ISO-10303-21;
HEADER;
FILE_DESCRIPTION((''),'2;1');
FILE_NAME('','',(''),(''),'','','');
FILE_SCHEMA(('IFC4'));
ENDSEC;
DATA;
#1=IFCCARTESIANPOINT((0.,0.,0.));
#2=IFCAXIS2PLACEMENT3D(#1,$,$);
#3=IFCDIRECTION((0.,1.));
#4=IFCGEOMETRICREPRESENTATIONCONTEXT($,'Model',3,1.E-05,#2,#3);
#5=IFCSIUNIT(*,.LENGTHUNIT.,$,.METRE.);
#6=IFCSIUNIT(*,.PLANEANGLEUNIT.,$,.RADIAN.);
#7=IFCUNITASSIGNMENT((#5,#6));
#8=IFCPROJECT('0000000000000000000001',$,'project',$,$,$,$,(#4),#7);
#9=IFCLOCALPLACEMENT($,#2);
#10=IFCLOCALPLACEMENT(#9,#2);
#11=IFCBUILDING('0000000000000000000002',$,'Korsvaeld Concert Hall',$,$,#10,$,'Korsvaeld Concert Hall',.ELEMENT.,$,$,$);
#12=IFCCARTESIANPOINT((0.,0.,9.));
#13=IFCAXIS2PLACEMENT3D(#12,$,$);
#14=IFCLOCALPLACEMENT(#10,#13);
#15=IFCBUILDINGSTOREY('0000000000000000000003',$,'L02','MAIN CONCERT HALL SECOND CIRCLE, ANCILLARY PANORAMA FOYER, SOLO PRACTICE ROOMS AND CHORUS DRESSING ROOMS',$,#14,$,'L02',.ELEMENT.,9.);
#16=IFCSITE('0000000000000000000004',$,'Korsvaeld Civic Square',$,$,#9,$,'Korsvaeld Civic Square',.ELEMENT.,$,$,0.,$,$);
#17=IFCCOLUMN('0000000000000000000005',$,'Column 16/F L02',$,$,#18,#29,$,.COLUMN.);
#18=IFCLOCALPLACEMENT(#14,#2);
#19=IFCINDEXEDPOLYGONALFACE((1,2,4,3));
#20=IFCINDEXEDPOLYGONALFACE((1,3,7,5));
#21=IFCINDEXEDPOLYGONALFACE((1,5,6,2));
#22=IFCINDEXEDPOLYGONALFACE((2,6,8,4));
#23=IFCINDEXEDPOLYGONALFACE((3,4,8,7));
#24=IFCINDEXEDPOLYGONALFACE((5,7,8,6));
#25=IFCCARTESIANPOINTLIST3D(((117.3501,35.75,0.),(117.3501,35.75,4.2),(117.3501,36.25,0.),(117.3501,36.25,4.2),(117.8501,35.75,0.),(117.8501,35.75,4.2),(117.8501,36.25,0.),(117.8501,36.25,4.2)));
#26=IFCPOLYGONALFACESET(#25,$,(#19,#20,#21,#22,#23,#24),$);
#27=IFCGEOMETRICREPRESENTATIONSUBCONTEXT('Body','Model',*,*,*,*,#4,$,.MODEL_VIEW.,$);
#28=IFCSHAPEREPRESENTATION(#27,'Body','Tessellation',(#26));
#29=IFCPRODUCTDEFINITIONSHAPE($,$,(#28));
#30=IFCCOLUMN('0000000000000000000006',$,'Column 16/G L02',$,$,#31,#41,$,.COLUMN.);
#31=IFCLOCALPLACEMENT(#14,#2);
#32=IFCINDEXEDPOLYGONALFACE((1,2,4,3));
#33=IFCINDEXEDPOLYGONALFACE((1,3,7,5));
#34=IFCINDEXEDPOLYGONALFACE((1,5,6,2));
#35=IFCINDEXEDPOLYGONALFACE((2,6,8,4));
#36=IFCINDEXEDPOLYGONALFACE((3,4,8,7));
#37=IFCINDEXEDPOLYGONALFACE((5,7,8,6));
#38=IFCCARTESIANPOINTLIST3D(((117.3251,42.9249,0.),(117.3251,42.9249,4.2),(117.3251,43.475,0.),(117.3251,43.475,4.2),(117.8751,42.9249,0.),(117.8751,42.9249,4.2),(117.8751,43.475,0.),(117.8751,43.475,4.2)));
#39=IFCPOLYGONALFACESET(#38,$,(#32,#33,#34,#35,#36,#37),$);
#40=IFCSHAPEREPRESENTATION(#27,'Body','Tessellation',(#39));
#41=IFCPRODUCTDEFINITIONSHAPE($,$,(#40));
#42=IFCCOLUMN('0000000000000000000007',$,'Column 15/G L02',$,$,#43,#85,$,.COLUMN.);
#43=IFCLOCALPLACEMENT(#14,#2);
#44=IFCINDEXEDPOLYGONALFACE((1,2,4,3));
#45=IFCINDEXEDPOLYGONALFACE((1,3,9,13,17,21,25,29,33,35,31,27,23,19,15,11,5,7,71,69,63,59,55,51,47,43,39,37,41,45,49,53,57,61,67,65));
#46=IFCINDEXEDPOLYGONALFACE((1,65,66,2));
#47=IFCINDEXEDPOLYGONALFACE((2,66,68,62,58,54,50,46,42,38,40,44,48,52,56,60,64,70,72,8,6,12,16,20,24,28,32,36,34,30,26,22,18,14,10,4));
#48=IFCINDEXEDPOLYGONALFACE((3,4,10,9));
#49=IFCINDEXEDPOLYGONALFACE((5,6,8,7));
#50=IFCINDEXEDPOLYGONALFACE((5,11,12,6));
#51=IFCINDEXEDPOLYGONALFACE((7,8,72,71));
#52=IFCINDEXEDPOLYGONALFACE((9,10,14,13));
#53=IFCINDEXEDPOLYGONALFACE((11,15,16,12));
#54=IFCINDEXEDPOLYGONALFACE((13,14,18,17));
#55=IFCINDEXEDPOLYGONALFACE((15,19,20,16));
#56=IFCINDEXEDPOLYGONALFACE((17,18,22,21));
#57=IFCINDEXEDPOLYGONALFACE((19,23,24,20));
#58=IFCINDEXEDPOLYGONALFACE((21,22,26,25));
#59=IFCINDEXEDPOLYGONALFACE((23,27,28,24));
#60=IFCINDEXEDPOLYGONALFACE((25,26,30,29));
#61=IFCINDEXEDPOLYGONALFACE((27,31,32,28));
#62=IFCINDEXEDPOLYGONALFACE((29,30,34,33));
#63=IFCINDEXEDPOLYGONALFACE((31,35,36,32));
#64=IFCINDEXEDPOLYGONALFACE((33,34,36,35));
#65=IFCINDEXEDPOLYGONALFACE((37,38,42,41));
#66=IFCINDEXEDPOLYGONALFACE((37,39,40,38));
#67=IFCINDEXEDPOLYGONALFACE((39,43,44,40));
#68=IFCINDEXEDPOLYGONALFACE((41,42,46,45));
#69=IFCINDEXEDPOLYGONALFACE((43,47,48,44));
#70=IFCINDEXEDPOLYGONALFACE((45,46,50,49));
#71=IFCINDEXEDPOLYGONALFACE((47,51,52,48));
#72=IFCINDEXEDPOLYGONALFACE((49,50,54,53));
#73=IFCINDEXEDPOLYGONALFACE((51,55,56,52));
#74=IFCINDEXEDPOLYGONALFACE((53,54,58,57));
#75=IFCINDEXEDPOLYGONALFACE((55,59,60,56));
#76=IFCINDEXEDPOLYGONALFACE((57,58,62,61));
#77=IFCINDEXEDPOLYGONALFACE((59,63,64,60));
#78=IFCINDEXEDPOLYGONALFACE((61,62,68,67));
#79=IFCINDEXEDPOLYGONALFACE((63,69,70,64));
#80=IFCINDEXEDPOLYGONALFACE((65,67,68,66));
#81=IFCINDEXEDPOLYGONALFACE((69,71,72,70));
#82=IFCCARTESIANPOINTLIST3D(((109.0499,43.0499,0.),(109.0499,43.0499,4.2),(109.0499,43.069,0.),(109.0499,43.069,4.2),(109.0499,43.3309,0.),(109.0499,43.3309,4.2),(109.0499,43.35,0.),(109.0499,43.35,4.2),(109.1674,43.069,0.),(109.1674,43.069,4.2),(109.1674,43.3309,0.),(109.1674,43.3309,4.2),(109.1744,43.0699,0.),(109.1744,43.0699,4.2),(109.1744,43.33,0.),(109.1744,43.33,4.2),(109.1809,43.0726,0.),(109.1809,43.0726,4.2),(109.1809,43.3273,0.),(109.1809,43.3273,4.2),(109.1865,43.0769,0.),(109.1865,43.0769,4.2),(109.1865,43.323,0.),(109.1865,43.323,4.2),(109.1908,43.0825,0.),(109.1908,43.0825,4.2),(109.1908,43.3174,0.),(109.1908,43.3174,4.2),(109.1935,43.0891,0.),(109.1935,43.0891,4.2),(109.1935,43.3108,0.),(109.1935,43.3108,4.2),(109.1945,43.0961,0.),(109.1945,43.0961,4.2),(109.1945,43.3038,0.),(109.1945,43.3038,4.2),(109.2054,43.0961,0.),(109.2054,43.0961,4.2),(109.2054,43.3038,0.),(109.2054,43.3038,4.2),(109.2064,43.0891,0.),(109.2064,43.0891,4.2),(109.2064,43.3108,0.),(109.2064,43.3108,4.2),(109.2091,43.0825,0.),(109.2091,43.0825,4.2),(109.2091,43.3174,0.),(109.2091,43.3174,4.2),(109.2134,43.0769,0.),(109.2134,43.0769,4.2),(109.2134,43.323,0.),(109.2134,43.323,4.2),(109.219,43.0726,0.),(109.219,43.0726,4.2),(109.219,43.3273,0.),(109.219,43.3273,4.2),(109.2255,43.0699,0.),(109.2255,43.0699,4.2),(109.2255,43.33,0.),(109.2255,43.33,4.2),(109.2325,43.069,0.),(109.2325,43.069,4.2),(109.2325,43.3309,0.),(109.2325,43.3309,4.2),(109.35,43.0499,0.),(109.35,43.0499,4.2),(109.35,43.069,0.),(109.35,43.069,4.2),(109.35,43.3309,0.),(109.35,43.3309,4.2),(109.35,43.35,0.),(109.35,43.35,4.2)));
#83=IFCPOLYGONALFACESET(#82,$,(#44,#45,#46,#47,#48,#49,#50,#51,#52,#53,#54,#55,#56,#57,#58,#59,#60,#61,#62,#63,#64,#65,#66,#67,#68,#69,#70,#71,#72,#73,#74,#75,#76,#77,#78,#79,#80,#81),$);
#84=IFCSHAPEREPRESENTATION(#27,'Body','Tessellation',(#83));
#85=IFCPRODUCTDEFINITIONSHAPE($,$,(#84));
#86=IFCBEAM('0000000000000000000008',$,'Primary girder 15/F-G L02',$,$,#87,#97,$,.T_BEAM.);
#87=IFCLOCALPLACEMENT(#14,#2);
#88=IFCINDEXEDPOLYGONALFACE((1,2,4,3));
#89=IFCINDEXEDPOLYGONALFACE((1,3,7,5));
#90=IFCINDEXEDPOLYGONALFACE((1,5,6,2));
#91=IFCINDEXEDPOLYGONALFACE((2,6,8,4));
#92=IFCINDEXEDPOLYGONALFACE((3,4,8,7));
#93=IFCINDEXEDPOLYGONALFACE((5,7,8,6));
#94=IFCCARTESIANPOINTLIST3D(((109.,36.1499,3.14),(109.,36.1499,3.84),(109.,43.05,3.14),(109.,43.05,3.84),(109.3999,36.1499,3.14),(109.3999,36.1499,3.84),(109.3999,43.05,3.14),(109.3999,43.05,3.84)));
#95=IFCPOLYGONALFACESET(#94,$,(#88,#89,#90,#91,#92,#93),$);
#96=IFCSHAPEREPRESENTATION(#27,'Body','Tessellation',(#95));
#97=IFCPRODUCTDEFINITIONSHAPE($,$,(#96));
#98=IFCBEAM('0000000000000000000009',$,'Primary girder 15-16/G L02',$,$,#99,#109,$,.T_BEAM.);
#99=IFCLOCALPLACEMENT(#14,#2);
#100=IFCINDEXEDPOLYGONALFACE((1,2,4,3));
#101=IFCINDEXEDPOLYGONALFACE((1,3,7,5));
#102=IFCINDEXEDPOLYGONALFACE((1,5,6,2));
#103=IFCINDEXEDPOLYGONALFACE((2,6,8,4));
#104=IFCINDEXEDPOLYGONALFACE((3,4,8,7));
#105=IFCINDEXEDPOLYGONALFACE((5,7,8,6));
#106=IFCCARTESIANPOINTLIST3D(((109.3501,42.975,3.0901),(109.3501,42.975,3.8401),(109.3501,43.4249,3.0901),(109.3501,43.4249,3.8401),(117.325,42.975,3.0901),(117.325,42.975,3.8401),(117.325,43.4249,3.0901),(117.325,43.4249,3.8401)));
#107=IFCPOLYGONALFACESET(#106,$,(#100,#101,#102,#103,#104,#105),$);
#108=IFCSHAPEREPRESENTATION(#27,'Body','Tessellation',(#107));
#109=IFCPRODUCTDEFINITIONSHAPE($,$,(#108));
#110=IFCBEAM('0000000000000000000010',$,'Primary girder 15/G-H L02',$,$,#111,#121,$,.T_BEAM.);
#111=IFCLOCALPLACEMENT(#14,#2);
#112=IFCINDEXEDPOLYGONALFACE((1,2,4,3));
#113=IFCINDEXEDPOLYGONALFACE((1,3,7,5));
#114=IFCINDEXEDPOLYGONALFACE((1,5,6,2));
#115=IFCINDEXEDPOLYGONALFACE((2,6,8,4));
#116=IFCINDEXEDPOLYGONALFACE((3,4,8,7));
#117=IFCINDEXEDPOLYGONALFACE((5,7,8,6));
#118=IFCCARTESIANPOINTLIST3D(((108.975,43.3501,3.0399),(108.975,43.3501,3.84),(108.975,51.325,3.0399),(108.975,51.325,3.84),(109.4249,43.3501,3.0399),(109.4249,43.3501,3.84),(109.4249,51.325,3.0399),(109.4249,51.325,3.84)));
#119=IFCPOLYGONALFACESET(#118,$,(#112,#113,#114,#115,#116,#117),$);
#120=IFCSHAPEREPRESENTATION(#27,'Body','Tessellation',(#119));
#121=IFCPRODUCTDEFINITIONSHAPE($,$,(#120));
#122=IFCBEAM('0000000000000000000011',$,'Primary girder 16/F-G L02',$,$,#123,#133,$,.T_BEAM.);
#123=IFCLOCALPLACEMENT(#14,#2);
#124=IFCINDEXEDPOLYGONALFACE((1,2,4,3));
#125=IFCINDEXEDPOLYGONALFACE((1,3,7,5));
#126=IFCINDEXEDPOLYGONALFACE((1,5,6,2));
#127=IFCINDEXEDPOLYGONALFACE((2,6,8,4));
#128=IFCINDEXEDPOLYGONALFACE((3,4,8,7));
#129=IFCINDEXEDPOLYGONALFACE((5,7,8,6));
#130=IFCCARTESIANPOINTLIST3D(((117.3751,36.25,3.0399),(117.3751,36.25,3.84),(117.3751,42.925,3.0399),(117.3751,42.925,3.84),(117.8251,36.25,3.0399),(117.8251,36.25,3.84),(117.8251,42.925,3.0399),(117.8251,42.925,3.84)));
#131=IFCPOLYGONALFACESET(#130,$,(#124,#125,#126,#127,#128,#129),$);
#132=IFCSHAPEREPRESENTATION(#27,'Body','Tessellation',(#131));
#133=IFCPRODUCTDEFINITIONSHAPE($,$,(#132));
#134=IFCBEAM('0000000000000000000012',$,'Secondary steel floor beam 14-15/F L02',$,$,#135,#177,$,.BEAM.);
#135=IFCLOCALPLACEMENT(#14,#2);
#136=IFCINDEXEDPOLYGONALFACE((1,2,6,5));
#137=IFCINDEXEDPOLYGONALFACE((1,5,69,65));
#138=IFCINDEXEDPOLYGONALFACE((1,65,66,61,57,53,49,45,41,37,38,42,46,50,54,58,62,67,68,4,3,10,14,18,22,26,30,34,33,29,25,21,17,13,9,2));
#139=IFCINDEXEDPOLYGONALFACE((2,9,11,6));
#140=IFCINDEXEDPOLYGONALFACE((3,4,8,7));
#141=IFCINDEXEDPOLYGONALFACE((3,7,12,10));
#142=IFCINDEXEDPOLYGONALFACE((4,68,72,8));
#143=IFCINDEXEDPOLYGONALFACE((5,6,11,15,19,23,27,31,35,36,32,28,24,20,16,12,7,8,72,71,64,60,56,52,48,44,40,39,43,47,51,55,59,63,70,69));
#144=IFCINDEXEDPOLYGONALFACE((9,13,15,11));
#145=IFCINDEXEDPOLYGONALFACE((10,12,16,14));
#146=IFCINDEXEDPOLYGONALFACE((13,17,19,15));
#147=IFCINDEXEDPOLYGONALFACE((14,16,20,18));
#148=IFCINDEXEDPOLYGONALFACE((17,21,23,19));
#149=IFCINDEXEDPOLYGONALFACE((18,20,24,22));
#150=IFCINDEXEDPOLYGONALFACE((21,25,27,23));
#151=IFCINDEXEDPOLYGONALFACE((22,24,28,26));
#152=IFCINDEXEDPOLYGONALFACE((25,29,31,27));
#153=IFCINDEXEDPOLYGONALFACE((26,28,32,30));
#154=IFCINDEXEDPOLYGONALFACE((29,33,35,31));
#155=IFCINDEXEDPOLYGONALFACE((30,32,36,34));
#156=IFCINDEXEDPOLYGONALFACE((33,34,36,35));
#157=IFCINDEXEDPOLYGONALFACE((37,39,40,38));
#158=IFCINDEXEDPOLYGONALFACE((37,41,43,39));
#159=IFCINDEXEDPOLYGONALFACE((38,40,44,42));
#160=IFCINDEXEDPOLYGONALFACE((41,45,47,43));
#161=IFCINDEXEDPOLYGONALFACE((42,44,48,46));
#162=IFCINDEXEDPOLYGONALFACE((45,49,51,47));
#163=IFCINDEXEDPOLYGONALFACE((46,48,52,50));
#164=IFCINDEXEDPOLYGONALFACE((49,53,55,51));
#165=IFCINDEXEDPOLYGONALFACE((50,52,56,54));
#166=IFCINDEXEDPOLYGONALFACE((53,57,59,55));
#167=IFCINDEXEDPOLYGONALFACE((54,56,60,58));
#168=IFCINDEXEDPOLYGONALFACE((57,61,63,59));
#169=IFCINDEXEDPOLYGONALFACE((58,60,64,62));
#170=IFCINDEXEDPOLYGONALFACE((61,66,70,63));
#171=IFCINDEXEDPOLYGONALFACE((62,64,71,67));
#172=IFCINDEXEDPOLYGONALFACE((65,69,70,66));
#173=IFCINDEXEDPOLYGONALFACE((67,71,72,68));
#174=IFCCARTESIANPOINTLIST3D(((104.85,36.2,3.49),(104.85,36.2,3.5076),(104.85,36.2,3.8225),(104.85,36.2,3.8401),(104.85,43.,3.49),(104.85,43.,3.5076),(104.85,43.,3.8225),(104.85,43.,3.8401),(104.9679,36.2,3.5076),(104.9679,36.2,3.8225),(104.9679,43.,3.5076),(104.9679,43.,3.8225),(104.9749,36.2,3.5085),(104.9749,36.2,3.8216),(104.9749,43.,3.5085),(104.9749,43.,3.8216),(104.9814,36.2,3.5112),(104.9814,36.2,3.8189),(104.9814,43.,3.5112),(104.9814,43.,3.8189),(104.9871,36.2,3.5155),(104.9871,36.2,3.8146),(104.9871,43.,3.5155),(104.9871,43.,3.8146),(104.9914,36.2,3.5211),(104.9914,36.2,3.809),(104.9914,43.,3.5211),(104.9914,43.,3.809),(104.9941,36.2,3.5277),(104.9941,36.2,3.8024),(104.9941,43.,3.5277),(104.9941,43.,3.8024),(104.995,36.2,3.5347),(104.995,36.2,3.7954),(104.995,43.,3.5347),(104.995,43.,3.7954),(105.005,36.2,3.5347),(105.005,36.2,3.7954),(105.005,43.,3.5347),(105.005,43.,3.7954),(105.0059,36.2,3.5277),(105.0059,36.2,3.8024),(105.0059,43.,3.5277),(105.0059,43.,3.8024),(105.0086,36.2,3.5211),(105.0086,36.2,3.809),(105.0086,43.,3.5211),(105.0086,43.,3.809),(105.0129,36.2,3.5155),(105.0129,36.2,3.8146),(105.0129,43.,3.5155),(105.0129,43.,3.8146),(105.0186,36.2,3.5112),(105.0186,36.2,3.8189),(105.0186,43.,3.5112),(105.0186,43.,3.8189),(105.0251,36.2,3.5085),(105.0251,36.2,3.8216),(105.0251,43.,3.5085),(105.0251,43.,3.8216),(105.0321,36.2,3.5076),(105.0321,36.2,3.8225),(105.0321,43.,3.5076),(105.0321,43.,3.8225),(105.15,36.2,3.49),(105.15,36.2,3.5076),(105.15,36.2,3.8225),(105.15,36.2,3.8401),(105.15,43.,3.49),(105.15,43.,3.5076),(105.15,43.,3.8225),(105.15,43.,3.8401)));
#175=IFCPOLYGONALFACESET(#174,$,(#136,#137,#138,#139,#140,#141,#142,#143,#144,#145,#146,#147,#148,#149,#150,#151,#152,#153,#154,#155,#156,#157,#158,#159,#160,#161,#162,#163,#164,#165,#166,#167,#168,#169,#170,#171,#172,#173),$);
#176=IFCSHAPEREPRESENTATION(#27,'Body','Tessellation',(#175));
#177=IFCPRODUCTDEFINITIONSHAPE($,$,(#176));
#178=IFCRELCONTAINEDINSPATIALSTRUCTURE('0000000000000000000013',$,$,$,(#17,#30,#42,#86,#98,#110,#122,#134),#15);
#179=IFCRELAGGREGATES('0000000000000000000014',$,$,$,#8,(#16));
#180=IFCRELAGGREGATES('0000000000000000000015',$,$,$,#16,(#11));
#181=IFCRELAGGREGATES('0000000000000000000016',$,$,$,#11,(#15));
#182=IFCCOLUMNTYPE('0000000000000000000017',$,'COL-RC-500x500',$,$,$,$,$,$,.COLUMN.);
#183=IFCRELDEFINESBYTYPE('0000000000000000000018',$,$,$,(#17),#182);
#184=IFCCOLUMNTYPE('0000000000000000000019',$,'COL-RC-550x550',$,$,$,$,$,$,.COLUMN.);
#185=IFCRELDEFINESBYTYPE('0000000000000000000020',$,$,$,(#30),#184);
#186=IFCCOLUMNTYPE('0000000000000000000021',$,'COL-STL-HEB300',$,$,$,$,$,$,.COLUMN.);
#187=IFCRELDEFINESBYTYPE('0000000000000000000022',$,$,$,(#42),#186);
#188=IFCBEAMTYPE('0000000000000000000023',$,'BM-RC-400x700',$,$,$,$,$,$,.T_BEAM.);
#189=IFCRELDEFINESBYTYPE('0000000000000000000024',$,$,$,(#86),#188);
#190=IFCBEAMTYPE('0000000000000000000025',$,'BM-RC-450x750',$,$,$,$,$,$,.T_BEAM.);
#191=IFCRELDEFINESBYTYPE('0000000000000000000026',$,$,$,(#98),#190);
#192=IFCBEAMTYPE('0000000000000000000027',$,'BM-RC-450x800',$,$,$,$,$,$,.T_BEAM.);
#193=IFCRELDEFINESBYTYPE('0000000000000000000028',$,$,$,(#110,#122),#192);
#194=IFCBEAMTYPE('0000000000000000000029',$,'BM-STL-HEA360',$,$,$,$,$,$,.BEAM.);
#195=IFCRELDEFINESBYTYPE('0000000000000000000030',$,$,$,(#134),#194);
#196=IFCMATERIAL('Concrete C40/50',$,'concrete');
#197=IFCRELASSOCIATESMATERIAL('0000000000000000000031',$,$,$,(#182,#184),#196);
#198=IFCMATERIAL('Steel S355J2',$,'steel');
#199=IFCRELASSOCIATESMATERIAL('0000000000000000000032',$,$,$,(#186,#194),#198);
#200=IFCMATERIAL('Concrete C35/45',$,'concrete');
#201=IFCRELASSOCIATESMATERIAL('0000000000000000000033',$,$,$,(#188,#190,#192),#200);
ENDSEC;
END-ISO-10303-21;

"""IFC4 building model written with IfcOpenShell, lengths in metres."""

from ifc_helpers import new_model, si_unit, direction, frame, origin, origin_2d, place, context, subcontext, project, spatial, rectangle, i_section, extrude, material, material_profile, profile_set, type_object, element, save


model = new_model("IFC4")

# Units and contexts
model_context = context("Model", 3, precision=1e-05, world=origin(), true_north=direction((0.0, 1.0)))
body_context = subcontext(model_context, "Body", "Model", "MODEL_VIEW")
ifc_project = project(units=[si_unit("LENGTHUNIT", "METRE"), si_unit("PLANEANGLEUNIT", "RADIAN")], contexts=[model_context])

# Site, building, storey
site_placement = place(None, origin())
site = spatial("IfcSite", under=ifc_project, at=site_placement, Name="Korsvaeld Civic Square", LongName="Korsvaeld Civic Square", CompositionType="ELEMENT", RefElevation=0.0)
building_placement = place(site_placement, origin())
building = spatial("IfcBuilding", under=site, at=building_placement, Name="Korsvaeld Concert Hall", LongName="Korsvaeld Concert Hall", CompositionType="ELEMENT")
storey_placement = place(building_placement, frame((0.0, 0.0, 9.0)))
storey = spatial("IfcBuildingStorey", under=building, at=storey_placement, Name="L02", Description="MAIN CONCERT HALL SECOND CIRCLE, ANCILLARY PANORAMA FOYER, SOLO PRACTICE ROOMS AND CHORUS DRESSING ROOMS", LongName="L02", CompositionType="ELEMENT", Elevation=9.0)

# Columns
ifc_material_1 = material(Name="Concrete C40/50", Category="concrete")
ifc_material_profile_1 = material_profile(ifc_material_1, rectangle(XDim=0.5, YDim=0.5, at=origin_2d()), Name="RC 500x500")
ifc_profile_set_1 = profile_set([ifc_material_profile_1], Name="Concrete C40/50")
column_type_1 = type_object("IfcColumnType", Name="COL-RC-500x500", PredefinedType="COLUMN", material=ifc_profile_set_1)
column_1_placement = place(storey_placement, frame((117.6001, 36.0, 0.0), z_axis=(0.0, 0.0, 1.0), x_axis=(1.0, 0.0, 0.0)))
element("IfcColumn", 1, at=column_1_placement, inside=storey, type_object=column_type_1, Name="Column 16/F L02", PredefinedType="COLUMN", context=body_context, shape_type="SweptSolid", body=[
    extrude(rectangle(XDim=0.5, YDim=0.5, at=origin_2d()), origin(), (0.0, 0.0, 1.0), 4.2),
])
ifc_material_profile_2 = material_profile(ifc_material_1, rectangle(XDim=0.55, YDim=0.55, at=origin_2d()), Name="RC 550x550")
ifc_profile_set_2 = profile_set([ifc_material_profile_2], Name="Concrete C40/50")
column_type_2 = type_object("IfcColumnType", Name="COL-RC-550x550", PredefinedType="COLUMN", material=ifc_profile_set_2)
column_2_placement = place(storey_placement, frame((117.6001, 43.2, 0.0), z_axis=(0.0, 0.0, 1.0), x_axis=(1.0, 0.0, 0.0)))
element("IfcColumn", 2, at=column_2_placement, inside=storey, type_object=column_type_2, Name="Column 16/G L02", PredefinedType="COLUMN", context=body_context, shape_type="SweptSolid", body=[
    extrude(rectangle(XDim=0.55, YDim=0.55, at=origin_2d()), origin(), (0.0, 0.0, 1.0), 4.2),
])
ifc_material_2 = material(Name="Steel S355J2", Category="steel")
ifc_material_profile_3 = material_profile(ifc_material_2, i_section(OverallWidth=0.3, OverallDepth=0.3, WebThickness=0.011, FlangeThickness=0.019, FilletRadius=0.0271, at=origin_2d()), Name="HEB 300")
ifc_profile_set_3 = profile_set([ifc_material_profile_3], Name="Steel S355J2")
column_type_3 = type_object("IfcColumnType", Name="COL-STL-HEB300", PredefinedType="COLUMN", material=ifc_profile_set_3)
column_3_placement = place(storey_placement, frame((109.2, 43.2, 0.0), z_axis=(0.0, 0.0, 1.0), x_axis=(1.0, 0.0, 0.0)))
element("IfcColumn", 3, at=column_3_placement, inside=storey, type_object=column_type_3, Name="Column 15/G L02", PredefinedType="COLUMN", context=body_context, shape_type="SweptSolid", body=[
    extrude(i_section(OverallWidth=0.3, OverallDepth=0.3, WebThickness=0.011, FlangeThickness=0.019, FilletRadius=0.0271, at=origin_2d()), origin(), (0.0, 0.0, 1.0), 4.2),
])

# Beams
ifc_material_3 = material(Name="Concrete C35/45", Category="concrete")
ifc_material_profile_4 = material_profile(ifc_material_3, rectangle(XDim=0.3999, YDim=0.7, at=origin_2d()), Name="RC 400x700")
ifc_profile_set_4 = profile_set([ifc_material_profile_4], Name="Concrete C35/45")
beam_type_1 = type_object("IfcBeamType", Name="BM-RC-400x700", PredefinedType="T_BEAM", material=ifc_profile_set_4)
beam_1_placement = place(storey_placement, frame((109.2, 36.1499, 3.49), z_axis=(0.0, 1.0, 0.0), x_axis=(-1.0, 0.0, 0.0)))
element("IfcBeam", 4, at=beam_1_placement, inside=storey, type_object=beam_type_1, Name="Primary girder 15/F-G L02", PredefinedType="T_BEAM", context=body_context, shape_type="SweptSolid", body=[
    extrude(rectangle(XDim=0.3999, YDim=0.7, at=origin_2d()), origin(), (0.0, 0.0, 1.0), 6.9001),
])
ifc_material_profile_5 = material_profile(ifc_material_3, rectangle(XDim=0.45, YDim=0.75, at=origin_2d()), Name="RC 450x750")
ifc_profile_set_5 = profile_set([ifc_material_profile_5], Name="Concrete C35/45")
beam_type_2 = type_object("IfcBeamType", Name="BM-RC-450x750", PredefinedType="T_BEAM", material=ifc_profile_set_5)
beam_2_placement = place(storey_placement, frame((109.3501, 43.2, 3.4651), z_axis=(1.0, 0.0, 0.0), x_axis=(0.0, 1.0, 0.0)))
element("IfcBeam", 5, at=beam_2_placement, inside=storey, type_object=beam_type_2, Name="Primary girder 15-16/G L02", PredefinedType="T_BEAM", context=body_context, shape_type="SweptSolid", body=[
    extrude(rectangle(XDim=0.45, YDim=0.75, at=origin_2d()), origin(), (0.0, 0.0, 1.0), 7.9749),
])
ifc_material_profile_6 = material_profile(ifc_material_3, rectangle(XDim=0.45, YDim=0.8, at=origin_2d()), Name="RC 450x800")
ifc_profile_set_6 = profile_set([ifc_material_profile_6], Name="Concrete C35/45")
beam_type_3 = type_object("IfcBeamType", Name="BM-RC-450x800", PredefinedType="T_BEAM", material=ifc_profile_set_6)
beam_3_placement = place(storey_placement, frame((109.2, 43.3501, 3.4399), z_axis=(0.0, 1.0, 0.0), x_axis=(-1.0, 0.0, 0.0)))
element("IfcBeam", 6, at=beam_3_placement, inside=storey, type_object=beam_type_3, Name="Primary girder 15/G-H L02", PredefinedType="T_BEAM", context=body_context, shape_type="SweptSolid", body=[
    extrude(rectangle(XDim=0.45, YDim=0.8, at=origin_2d()), origin(), (0.0, 0.0, 1.0), 7.9749),
])
beam_4_placement = place(storey_placement, frame((117.6001, 36.25, 3.4399), z_axis=(0.0, 1.0, 0.0), x_axis=(-1.0, 0.0, 0.0)))
element("IfcBeam", 7, at=beam_4_placement, inside=storey, type_object=beam_type_3, Name="Primary girder 16/F-G L02", PredefinedType="T_BEAM", context=body_context, shape_type="SweptSolid", body=[
    extrude(rectangle(XDim=0.45, YDim=0.8, at=origin_2d()), origin(), (0.0, 0.0, 1.0), 6.675),
])
ifc_material_profile_7 = material_profile(ifc_material_2, i_section(OverallWidth=0.3, OverallDepth=0.3501, WebThickness=0.01, FlangeThickness=0.0176, FilletRadius=0.0271, at=origin_2d()), Name="HEA 360")
ifc_profile_set_7 = profile_set([ifc_material_profile_7], Name="Steel S355J2")
beam_type_4 = type_object("IfcBeamType", Name="BM-STL-HEA360", PredefinedType="BEAM", material=ifc_profile_set_7)
beam_5_placement = place(storey_placement, frame((105.0, 36.2, 3.665), z_axis=(0.0, 1.0, 0.0), x_axis=(-1.0, 0.0, 0.0)))
element("IfcBeam", 8, at=beam_5_placement, inside=storey, type_object=beam_type_4, Name="Secondary steel floor beam 14-15/F L02", PredefinedType="BEAM", context=body_context, shape_type="SweptSolid", body=[
    extrude(i_section(OverallWidth=0.3, OverallDepth=0.3501, WebThickness=0.01, FlangeThickness=0.0176, FilletRadius=0.0271, at=origin_2d()), origin(), (0.0, 0.0, 1.0), 6.8),
])

save(model, "model.ifc")
